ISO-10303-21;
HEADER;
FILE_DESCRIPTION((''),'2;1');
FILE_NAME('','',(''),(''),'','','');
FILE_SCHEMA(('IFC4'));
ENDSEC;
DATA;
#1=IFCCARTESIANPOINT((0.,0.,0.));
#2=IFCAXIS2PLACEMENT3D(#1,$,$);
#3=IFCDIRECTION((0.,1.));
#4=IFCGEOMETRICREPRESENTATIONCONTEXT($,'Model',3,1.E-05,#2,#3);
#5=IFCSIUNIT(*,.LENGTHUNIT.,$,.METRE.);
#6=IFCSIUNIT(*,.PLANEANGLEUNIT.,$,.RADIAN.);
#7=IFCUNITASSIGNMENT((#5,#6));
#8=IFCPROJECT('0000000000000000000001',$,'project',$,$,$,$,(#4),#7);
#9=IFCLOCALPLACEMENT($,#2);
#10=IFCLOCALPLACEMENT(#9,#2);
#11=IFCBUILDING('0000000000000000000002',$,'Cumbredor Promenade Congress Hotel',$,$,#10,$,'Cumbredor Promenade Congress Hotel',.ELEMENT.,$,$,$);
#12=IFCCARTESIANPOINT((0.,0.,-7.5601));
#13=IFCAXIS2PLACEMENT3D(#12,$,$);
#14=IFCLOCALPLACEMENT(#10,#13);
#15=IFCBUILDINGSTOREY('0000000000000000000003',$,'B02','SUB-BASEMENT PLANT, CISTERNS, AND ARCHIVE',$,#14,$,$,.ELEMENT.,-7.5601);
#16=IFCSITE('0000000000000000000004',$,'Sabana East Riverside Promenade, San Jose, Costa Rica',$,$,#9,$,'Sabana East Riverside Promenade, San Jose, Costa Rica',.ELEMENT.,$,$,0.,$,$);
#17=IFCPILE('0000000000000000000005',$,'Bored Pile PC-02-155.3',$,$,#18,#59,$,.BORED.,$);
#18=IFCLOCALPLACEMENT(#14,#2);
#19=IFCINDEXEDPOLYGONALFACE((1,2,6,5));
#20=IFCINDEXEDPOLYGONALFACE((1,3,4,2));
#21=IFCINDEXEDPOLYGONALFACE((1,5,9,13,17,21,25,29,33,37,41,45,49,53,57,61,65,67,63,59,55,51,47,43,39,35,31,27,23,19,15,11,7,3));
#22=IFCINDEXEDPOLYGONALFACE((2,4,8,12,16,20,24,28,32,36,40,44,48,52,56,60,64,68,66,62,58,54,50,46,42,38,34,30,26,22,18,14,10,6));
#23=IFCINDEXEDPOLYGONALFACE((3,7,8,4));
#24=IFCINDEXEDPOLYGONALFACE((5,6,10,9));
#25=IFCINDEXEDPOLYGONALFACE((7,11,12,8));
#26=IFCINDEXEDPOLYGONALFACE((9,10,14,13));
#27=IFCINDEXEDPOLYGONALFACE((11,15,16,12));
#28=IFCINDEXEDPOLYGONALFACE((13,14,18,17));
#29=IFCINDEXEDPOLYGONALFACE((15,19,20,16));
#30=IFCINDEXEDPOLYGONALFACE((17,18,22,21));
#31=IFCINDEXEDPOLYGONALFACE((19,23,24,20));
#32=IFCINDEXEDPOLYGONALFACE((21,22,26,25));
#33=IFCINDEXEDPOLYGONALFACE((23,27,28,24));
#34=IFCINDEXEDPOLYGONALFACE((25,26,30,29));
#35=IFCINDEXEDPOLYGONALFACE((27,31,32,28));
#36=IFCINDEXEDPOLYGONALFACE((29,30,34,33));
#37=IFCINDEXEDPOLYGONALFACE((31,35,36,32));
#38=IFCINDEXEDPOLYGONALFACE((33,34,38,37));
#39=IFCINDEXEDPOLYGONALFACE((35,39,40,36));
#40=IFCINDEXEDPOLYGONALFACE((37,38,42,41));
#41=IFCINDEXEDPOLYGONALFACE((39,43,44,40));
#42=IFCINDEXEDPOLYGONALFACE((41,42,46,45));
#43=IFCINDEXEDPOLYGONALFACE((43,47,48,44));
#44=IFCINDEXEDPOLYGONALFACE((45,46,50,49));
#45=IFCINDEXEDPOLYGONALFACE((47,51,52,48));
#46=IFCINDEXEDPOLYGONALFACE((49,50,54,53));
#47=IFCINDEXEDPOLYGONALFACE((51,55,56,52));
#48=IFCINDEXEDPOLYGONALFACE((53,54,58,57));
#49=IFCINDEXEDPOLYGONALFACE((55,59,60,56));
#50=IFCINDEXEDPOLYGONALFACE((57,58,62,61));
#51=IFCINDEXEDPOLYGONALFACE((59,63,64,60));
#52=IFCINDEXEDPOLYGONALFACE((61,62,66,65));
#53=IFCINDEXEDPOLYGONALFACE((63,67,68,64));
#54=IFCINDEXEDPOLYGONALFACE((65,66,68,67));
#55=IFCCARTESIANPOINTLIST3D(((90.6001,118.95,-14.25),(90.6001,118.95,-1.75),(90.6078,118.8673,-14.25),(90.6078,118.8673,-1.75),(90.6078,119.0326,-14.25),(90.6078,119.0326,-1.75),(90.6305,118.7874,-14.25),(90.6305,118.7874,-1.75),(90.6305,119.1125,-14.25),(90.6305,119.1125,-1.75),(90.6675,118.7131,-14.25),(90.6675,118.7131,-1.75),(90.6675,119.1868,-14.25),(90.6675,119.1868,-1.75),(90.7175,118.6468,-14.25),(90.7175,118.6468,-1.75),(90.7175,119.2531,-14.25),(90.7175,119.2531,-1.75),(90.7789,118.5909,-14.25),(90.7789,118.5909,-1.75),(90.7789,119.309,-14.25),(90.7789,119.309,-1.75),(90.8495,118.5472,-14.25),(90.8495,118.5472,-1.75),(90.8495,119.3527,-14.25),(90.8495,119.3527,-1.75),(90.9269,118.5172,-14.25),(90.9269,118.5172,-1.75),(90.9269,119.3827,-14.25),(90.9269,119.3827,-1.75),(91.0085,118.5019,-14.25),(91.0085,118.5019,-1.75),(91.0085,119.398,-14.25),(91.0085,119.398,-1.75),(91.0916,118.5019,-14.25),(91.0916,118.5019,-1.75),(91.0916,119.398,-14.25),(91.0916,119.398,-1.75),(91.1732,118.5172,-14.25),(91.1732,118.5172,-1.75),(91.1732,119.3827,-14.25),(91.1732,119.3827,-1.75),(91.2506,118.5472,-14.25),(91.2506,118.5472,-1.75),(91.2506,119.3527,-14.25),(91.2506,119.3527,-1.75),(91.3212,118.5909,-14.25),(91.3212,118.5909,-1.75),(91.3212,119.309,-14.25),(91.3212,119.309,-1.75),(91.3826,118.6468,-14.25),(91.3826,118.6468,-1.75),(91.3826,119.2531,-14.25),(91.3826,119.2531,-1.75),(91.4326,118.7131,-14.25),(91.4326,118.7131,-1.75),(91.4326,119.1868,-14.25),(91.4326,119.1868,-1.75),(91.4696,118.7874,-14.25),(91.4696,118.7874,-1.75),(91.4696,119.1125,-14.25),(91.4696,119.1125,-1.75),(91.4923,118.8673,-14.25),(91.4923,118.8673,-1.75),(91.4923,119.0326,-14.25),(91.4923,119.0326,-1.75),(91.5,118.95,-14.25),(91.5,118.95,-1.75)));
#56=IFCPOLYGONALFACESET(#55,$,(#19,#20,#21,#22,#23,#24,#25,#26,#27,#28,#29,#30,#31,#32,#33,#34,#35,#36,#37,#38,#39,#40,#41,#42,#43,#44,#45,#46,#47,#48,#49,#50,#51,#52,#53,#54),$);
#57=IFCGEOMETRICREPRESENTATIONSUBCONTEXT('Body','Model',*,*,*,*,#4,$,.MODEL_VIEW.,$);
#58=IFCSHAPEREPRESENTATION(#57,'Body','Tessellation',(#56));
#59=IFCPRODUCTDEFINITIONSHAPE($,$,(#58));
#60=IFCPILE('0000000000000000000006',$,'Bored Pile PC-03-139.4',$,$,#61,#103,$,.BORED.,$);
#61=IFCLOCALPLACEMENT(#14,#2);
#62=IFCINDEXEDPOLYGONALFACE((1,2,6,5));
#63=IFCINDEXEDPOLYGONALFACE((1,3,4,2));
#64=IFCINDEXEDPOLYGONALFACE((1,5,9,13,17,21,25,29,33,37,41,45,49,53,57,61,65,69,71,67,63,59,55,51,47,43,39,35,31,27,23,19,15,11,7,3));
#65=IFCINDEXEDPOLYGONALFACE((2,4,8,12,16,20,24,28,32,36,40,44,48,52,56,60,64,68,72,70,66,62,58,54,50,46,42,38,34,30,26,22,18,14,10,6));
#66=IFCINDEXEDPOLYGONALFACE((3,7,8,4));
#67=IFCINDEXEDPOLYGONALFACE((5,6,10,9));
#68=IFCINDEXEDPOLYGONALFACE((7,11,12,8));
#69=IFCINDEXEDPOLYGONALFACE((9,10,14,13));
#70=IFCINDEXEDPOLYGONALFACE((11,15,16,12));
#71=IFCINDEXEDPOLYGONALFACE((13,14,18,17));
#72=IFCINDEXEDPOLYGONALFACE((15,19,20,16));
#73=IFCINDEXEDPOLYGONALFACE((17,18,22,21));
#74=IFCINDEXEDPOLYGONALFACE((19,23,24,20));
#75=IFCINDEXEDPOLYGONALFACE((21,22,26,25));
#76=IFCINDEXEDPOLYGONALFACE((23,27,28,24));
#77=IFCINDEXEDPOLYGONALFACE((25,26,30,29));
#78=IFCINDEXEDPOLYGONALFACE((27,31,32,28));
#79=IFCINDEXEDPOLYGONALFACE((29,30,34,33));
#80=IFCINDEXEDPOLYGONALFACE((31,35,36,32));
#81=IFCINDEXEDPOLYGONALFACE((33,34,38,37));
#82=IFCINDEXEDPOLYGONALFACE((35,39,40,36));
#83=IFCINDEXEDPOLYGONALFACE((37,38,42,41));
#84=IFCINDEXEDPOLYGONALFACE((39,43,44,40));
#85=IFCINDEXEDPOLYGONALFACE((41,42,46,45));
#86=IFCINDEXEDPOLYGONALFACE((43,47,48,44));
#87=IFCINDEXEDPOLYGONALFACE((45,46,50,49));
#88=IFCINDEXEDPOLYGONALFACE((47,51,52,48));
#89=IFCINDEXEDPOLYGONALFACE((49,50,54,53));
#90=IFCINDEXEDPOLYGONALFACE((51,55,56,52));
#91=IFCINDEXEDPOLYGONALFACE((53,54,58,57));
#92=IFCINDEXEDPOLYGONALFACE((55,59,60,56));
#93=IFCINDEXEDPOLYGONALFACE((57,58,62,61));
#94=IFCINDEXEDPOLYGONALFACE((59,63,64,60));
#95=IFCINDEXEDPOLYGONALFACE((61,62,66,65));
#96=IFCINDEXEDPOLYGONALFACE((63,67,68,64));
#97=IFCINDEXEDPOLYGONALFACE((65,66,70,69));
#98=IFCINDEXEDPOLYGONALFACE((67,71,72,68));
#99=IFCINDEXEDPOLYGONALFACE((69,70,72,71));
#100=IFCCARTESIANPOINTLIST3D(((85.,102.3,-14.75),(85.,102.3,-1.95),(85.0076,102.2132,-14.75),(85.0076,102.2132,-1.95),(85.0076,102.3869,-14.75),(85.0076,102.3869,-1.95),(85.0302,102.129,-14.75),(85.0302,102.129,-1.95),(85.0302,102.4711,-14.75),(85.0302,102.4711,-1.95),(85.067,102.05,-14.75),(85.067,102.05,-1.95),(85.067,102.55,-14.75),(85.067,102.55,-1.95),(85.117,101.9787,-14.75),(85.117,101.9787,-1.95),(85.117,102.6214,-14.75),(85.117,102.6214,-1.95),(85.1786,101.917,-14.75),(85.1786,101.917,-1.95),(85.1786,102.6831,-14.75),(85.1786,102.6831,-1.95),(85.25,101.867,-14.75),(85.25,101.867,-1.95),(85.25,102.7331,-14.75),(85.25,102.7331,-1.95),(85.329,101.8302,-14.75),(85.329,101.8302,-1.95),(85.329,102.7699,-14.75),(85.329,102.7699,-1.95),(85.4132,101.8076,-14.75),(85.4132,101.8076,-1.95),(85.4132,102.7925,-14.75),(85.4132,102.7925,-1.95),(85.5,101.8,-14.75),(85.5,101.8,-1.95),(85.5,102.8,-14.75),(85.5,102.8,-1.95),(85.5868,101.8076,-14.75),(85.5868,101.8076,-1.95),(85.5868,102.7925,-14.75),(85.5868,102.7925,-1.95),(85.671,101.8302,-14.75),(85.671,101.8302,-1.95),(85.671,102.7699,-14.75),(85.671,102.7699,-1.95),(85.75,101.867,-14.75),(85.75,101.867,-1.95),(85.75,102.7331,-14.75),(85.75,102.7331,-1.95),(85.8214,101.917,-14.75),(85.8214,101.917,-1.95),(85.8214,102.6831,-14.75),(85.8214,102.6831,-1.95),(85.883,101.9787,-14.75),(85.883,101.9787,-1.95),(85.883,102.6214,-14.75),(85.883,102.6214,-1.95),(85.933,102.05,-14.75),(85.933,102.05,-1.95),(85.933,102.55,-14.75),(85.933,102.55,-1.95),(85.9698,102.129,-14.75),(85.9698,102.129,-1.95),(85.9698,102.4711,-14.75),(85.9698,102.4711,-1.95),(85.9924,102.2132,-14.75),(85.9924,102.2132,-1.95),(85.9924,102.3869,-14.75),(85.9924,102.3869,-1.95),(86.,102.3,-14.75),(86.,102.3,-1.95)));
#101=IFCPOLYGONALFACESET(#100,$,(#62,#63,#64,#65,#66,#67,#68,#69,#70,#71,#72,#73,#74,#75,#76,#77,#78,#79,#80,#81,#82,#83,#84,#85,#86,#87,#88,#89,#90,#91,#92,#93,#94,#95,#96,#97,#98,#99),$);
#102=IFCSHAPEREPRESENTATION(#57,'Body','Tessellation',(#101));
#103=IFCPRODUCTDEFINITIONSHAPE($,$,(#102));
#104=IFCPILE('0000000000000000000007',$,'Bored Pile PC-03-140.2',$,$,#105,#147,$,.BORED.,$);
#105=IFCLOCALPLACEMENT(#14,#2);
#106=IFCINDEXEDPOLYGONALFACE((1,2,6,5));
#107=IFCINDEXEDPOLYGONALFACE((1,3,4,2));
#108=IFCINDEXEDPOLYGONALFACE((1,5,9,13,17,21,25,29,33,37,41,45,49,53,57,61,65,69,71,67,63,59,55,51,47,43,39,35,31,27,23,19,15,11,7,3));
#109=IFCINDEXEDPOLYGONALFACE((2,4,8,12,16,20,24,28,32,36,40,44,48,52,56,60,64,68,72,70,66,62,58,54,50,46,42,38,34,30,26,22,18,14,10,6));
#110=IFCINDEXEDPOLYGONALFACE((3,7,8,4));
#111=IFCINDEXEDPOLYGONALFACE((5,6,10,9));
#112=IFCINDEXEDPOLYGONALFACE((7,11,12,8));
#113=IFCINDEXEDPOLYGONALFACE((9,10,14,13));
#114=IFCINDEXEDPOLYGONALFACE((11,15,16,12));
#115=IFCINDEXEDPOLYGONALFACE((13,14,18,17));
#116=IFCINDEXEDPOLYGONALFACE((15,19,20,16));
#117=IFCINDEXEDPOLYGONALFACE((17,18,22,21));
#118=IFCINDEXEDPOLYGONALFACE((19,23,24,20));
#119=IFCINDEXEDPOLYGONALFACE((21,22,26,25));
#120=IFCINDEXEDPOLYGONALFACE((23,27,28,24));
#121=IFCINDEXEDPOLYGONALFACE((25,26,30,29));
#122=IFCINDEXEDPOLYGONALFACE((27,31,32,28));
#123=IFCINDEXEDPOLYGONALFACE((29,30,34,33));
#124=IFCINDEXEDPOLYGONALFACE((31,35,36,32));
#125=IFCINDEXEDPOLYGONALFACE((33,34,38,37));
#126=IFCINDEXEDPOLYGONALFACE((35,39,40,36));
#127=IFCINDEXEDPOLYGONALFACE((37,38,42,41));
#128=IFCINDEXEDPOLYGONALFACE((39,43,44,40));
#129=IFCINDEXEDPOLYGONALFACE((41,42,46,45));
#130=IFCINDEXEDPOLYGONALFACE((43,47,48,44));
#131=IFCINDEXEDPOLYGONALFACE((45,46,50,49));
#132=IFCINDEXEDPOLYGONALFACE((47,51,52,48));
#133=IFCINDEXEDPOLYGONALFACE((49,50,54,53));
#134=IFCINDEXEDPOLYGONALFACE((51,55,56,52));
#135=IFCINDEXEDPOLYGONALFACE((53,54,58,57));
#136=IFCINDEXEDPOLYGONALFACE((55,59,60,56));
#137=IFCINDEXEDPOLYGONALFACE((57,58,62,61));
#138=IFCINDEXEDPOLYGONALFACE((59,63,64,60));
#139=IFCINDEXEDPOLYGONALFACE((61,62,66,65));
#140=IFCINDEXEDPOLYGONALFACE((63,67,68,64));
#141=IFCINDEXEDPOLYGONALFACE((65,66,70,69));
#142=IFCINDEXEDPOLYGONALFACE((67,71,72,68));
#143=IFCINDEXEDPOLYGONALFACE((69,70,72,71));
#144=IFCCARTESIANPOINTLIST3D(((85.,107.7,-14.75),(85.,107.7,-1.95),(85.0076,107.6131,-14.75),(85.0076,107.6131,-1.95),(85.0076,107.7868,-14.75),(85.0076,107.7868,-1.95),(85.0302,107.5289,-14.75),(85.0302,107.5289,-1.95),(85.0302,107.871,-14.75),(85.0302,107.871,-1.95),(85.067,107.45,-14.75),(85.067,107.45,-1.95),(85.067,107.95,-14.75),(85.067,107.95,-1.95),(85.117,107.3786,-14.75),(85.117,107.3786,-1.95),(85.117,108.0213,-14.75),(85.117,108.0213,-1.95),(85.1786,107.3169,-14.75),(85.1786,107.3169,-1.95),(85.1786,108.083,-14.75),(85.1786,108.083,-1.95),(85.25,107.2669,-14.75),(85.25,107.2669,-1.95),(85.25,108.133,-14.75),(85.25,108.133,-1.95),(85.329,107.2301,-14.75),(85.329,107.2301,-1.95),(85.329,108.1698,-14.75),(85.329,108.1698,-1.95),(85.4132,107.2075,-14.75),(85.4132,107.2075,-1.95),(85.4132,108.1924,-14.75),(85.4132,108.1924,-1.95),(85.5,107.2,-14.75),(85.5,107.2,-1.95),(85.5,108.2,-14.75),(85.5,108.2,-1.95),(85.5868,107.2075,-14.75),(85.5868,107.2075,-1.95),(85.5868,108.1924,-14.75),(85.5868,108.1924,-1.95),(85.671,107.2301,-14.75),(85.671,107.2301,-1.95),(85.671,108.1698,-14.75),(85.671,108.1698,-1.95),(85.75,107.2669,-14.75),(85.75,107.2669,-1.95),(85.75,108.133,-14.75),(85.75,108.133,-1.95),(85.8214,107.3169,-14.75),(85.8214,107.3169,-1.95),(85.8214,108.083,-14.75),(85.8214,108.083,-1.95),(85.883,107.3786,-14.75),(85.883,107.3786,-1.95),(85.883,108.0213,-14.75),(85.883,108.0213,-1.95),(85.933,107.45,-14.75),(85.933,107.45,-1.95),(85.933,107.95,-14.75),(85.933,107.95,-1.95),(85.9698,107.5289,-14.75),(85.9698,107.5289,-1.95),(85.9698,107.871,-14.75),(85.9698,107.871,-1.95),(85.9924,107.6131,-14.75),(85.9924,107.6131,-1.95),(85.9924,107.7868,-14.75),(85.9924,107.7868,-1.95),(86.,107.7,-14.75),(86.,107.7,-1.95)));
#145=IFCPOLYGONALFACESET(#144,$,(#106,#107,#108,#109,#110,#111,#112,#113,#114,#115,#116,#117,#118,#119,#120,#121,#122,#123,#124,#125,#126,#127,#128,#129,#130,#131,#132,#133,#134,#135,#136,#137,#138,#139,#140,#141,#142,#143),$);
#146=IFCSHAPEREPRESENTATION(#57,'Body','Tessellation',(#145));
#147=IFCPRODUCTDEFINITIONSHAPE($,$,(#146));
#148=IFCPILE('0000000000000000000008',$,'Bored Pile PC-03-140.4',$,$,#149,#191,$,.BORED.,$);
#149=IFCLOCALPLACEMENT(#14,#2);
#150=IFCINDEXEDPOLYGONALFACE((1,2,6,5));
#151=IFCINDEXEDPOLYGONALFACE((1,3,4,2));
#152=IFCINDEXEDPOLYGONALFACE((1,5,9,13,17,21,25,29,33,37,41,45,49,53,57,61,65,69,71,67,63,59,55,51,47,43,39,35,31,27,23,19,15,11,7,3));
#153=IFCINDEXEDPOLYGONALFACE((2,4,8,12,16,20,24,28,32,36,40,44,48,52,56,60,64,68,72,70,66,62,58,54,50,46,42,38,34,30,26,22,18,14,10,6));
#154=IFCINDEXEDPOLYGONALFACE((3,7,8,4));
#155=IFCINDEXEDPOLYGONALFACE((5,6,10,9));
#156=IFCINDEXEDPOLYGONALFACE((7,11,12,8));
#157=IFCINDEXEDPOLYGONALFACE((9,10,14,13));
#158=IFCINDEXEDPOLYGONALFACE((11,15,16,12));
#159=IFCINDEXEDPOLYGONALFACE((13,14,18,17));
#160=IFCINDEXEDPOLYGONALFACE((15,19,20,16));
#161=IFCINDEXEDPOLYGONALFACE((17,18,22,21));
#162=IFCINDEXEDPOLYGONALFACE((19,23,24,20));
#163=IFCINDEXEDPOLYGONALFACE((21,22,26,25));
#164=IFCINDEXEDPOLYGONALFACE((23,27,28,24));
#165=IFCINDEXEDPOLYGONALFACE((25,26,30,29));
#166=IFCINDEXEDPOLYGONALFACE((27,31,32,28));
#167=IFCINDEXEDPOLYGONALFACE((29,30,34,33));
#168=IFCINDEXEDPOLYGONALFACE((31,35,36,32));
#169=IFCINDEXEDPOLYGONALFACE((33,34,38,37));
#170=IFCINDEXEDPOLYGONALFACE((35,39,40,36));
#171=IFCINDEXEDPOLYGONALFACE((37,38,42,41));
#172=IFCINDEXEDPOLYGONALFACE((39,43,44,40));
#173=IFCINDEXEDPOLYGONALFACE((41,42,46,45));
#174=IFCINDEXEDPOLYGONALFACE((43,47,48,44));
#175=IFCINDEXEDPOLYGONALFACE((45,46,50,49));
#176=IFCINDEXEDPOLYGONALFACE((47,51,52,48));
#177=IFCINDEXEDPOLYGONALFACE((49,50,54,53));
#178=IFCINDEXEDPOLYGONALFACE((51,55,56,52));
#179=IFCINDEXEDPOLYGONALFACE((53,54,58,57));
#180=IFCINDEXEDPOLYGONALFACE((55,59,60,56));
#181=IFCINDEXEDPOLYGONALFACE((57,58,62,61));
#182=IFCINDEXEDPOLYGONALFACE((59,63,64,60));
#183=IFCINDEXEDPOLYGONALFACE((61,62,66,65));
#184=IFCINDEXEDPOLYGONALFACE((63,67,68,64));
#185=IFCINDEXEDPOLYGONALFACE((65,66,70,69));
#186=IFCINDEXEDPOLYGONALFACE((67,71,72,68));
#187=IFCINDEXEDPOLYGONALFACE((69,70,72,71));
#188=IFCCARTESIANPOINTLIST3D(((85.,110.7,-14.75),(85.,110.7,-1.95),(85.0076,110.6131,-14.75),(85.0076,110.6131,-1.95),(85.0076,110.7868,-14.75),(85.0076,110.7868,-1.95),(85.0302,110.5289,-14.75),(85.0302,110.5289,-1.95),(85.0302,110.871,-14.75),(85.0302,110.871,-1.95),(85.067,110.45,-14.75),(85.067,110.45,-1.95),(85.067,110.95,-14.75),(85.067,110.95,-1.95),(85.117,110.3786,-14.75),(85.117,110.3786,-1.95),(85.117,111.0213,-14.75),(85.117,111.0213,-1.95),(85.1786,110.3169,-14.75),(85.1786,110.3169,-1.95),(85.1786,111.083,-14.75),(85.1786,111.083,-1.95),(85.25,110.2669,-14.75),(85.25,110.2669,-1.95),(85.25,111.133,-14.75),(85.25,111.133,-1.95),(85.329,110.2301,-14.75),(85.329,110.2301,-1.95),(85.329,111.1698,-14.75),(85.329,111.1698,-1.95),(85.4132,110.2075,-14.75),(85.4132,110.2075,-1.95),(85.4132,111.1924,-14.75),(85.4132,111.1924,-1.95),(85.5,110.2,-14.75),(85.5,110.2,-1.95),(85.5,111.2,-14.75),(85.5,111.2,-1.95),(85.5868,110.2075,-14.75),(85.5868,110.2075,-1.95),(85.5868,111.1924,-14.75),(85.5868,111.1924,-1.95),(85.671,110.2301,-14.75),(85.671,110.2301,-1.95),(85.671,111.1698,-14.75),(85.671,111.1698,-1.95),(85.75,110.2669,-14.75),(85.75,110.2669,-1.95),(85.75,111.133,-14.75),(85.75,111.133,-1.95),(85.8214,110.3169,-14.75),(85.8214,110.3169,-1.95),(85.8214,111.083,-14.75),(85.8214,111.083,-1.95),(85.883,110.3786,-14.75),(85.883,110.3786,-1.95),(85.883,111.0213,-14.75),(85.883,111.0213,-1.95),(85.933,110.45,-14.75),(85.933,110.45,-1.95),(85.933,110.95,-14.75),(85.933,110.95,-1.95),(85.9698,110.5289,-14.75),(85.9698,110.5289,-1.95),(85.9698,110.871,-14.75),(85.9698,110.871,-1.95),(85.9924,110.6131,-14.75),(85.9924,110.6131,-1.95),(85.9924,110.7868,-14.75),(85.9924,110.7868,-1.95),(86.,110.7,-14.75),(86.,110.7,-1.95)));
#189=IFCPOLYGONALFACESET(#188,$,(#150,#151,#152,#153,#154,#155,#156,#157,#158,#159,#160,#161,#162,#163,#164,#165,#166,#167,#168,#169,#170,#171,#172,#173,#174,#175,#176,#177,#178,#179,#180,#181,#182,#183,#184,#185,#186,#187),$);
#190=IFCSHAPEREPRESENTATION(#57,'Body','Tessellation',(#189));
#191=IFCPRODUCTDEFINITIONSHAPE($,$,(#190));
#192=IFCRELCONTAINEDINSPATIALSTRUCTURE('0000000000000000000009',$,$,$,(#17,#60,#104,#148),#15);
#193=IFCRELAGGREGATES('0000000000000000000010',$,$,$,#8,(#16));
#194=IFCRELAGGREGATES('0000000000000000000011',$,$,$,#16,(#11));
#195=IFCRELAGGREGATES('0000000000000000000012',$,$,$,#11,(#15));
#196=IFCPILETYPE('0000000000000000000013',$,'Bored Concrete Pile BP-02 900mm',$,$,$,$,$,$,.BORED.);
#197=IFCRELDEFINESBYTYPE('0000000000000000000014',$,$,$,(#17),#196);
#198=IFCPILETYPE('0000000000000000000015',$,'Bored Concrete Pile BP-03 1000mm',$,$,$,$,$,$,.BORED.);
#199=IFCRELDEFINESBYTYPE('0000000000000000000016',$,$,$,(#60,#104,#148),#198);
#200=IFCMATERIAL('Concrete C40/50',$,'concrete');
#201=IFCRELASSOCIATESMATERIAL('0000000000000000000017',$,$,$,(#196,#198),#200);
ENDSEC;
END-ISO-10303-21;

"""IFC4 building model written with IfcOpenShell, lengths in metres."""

from ifc_helpers import new_model, si_unit, direction, frame, origin, origin_2d, place, context, subcontext, project, spatial, circle, extrude, material, material_profile, profile_set, type_object, element, save


model = new_model("IFC4")

# Units and contexts
model_context = context("Model", 3, precision=1e-05, world=origin(), true_north=direction((0.0, 1.0)))
body_context = subcontext(model_context, "Body", "Model", "MODEL_VIEW")
ifc_project = project(units=[si_unit("LENGTHUNIT", "METRE"), si_unit("PLANEANGLEUNIT", "RADIAN")], contexts=[model_context])

# Site, building, storey
site_placement = place(None, origin())
site = spatial("IfcSite", under=ifc_project, at=site_placement, Name="Sabana East Riverside Promenade, San Jose, Costa Rica", LongName="Sabana East Riverside Promenade, San Jose, Costa Rica", CompositionType="ELEMENT", RefElevation=0.0)
building_placement = place(site_placement, origin())
building = spatial("IfcBuilding", under=site, at=building_placement, Name="Cumbredor Promenade Congress Hotel", LongName="Cumbredor Promenade Congress Hotel", CompositionType="ELEMENT")
storey_placement = place(building_placement, frame((0.0, 0.0, -7.5601)))
storey = spatial("IfcBuildingStorey", under=building, at=storey_placement, Name="B02", Description="SUB-BASEMENT PLANT, CISTERNS, AND ARCHIVE", CompositionType="ELEMENT", Elevation=-7.5601)

# Piles
ifc_material_1 = material(Name="Concrete C40/50", Category="concrete")
ifc_material_profile_1 = material_profile(ifc_material_1, circle(Radius=0.45, at=origin_2d()), Name="PILE D900")
ifc_profile_set_1 = profile_set([ifc_material_profile_1], Name="Concrete C40/50")
pile_type_1 = type_object("IfcPileType", Name="Bored Concrete Pile BP-02 900mm", PredefinedType="BORED", material=ifc_profile_set_1)
for number, where, z_axis, x_axis, name in (
    (1, (91.05, 118.95, -1.75), (0.0, 0.0, -1.0), (1.0, 0.0, 0.0), "Bored Pile PC-02-155.3"),
):
    element("IfcPile", number, at=place(storey_placement, frame(where, z_axis=z_axis, x_axis=x_axis)), inside=storey, type_object=pile_type_1, Name=name, PredefinedType="BORED", context=body_context, shape_type="SweptSolid", body=[
        extrude(circle(Radius=0.45, at=origin_2d()), origin(), (0.0, 0.0, 1.0), 12.5),
    ])
ifc_material_profile_2 = material_profile(ifc_material_1, circle(Radius=0.5, at=origin_2d()), Name="PILE D1000")
ifc_profile_set_2 = profile_set([ifc_material_profile_2], Name="Concrete C40/50")
pile_type_2 = type_object("IfcPileType", Name="Bored Concrete Pile BP-03 1000mm", PredefinedType="BORED", material=ifc_profile_set_2)
for number, where, z_axis, x_axis, name in (
    (2, (85.5, 102.3, -1.95), (0.0, 0.0, -1.0), (1.0, 0.0, 0.0), "Bored Pile PC-03-139.4"),
    (3, (85.5, 107.7, -1.95), (0.0, 0.0, -1.0), (1.0, 0.0, 0.0), "Bored Pile PC-03-140.2"),
    (4, (85.5, 110.7, -1.95), (0.0, 0.0, -1.0), (1.0, 0.0, 0.0), "Bored Pile PC-03-140.4"),
):
    element("IfcPile", number, at=place(storey_placement, frame(where, z_axis=z_axis, x_axis=x_axis)), inside=storey, type_object=pile_type_2, Name=name, PredefinedType="BORED", context=body_context, shape_type="SweptSolid", body=[
        extrude(circle(Radius=0.5, at=origin_2d()), origin(), (0.0, 0.0, 1.0), 12.8),
    ])

save(model, "model.ifc")
